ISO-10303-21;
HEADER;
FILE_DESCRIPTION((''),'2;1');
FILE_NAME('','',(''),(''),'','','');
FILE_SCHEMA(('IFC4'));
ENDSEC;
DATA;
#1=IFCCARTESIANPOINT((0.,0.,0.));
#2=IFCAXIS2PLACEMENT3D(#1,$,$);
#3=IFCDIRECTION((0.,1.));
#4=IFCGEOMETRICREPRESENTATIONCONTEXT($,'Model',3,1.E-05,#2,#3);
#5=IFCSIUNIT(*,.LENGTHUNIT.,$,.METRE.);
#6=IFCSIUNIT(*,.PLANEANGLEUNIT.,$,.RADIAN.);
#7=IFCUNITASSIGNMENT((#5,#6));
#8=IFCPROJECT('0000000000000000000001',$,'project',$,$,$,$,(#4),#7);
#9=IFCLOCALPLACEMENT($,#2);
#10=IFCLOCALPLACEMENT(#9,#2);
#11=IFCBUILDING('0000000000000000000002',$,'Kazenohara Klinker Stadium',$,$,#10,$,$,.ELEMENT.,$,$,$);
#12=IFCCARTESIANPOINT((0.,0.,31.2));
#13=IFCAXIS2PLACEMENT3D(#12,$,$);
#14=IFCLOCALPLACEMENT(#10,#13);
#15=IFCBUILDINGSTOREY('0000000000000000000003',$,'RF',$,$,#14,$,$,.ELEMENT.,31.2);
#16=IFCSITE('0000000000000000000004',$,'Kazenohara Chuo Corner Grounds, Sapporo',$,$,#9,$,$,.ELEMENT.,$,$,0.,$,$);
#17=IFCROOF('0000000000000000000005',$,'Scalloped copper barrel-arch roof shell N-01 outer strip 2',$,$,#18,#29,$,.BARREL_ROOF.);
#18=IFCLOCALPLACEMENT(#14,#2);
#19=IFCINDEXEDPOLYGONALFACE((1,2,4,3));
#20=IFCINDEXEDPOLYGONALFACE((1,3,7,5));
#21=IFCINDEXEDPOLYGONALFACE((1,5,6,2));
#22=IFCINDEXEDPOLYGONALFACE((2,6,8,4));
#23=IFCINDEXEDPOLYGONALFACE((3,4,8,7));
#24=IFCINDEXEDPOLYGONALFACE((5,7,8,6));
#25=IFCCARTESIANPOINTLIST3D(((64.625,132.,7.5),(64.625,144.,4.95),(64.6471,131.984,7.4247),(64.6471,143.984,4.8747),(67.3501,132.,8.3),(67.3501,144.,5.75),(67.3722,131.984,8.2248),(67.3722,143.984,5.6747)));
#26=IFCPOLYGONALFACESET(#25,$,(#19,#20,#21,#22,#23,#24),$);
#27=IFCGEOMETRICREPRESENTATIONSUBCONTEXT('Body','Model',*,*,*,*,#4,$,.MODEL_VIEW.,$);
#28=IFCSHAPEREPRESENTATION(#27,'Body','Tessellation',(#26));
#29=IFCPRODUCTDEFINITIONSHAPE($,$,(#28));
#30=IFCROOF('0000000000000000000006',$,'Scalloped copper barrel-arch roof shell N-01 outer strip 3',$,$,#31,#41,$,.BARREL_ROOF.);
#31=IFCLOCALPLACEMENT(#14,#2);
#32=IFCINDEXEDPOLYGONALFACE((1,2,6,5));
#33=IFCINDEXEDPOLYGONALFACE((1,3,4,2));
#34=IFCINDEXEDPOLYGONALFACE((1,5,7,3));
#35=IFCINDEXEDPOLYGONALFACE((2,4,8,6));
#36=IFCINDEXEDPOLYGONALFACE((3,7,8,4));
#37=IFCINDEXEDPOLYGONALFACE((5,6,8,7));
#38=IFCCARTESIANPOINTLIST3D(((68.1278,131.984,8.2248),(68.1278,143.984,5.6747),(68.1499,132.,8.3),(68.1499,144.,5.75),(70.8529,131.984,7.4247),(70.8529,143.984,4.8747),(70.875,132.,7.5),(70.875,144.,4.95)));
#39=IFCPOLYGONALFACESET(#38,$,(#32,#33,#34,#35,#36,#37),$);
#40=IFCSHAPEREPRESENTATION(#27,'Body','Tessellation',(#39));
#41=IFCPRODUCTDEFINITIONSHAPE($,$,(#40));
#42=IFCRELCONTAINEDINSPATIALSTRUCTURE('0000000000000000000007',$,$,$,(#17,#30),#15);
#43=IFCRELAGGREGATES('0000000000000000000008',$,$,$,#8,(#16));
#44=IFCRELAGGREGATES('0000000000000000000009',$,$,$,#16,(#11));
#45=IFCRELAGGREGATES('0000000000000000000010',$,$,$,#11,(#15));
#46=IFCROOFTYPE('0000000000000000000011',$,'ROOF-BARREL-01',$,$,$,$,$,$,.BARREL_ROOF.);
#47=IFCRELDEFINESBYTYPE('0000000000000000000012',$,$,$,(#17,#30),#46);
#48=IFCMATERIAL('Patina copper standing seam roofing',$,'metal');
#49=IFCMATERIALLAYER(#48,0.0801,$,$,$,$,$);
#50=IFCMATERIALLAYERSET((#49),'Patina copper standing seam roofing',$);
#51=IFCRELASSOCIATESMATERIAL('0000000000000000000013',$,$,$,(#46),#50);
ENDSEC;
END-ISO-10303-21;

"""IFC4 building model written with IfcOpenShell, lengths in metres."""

from ifc_helpers import new_model, si_unit, direction, frame, origin, place, context, subcontext, project, spatial, polyline, outline, extrude, material, layer, layer_set, type_object, element, save


model = new_model("IFC4")

# Units and contexts
model_context = context("Model", 3, precision=1e-05, world=origin(), true_north=direction((0.0, 1.0)))
body_context = subcontext(model_context, "Body", "Model", "MODEL_VIEW")
ifc_project = project(units=[si_unit("LENGTHUNIT", "METRE"), si_unit("PLANEANGLEUNIT", "RADIAN")], contexts=[model_context])

# Site, building, storey
site_placement = place(None, origin())
site = spatial("IfcSite", under=ifc_project, at=site_placement, Name="Kazenohara Chuo Corner Grounds, Sapporo", CompositionType="ELEMENT", RefElevation=0.0)
building_placement = place(site_placement, origin())
building = spatial("IfcBuilding", under=site, at=building_placement, Name="Kazenohara Klinker Stadium", CompositionType="ELEMENT")
storey_placement = place(building_placement, frame((0.0, 0.0, 31.2)))
storey = spatial("IfcBuildingStorey", under=building, at=storey_placement, Name="RF", CompositionType="ELEMENT", Elevation=31.2)

# Roofs
ifc_material_1 = material(Name="Patina copper standing seam roofing", Category="metal")
ifc_layer_1 = layer(ifc_material_1, 0.0801)
ifc_layer_set_1 = layer_set([ifc_layer_1], Name="Patina copper standing seam roofing")
roof_type = type_object("IfcRoofType", Name="ROOF-BARREL-01", PredefinedType="BARREL_ROOF", material=ifc_layer_set_1)
roof_1_placement = place(storey_placement, frame((64.625, 144.0, 4.95), z_axis=(-0.276017, 0.199788, 0.940159), x_axis=(0.0, -0.978158, 0.207863)))
element("IfcRoof", 1, at=roof_1_placement, inside=storey, type_object=roof_type, Name="Scalloped copper barrel-arch roof shell N-01 outer strip 2", PredefinedType="BARREL_ROOF", context=body_context, shape_type="SweptSolid", body=[
    extrude(outline(polyline([(0.0, 0.0), (12.268, 0.0), (12.4343, 2.8352), (0.1663, 2.8352), (0.0, 0.0)])), origin(), (0.0, 0.0, -1.0), 0.0801),
])
roof_2_placement = place(storey_placement, frame((68.1499, 144.0, 5.75), z_axis=(0.276017, 0.199788, 0.940159), x_axis=(0.0, -0.978158, 0.207863)))
element("IfcRoof", 2, at=roof_2_placement, inside=storey, type_object=roof_type, Name="Scalloped copper barrel-arch roof shell N-01 outer strip 3", PredefinedType="BARREL_ROOF", context=body_context, shape_type="SweptSolid", body=[
    extrude(outline(polyline([(0.0, 0.0), (12.268, 0.0), (12.1017, 2.8352), (-0.1663, 2.8352), (0.0, 0.0)])), origin(), (0.0, 0.0, -1.0), 0.0801),
])

save(model, "model.ifc")
